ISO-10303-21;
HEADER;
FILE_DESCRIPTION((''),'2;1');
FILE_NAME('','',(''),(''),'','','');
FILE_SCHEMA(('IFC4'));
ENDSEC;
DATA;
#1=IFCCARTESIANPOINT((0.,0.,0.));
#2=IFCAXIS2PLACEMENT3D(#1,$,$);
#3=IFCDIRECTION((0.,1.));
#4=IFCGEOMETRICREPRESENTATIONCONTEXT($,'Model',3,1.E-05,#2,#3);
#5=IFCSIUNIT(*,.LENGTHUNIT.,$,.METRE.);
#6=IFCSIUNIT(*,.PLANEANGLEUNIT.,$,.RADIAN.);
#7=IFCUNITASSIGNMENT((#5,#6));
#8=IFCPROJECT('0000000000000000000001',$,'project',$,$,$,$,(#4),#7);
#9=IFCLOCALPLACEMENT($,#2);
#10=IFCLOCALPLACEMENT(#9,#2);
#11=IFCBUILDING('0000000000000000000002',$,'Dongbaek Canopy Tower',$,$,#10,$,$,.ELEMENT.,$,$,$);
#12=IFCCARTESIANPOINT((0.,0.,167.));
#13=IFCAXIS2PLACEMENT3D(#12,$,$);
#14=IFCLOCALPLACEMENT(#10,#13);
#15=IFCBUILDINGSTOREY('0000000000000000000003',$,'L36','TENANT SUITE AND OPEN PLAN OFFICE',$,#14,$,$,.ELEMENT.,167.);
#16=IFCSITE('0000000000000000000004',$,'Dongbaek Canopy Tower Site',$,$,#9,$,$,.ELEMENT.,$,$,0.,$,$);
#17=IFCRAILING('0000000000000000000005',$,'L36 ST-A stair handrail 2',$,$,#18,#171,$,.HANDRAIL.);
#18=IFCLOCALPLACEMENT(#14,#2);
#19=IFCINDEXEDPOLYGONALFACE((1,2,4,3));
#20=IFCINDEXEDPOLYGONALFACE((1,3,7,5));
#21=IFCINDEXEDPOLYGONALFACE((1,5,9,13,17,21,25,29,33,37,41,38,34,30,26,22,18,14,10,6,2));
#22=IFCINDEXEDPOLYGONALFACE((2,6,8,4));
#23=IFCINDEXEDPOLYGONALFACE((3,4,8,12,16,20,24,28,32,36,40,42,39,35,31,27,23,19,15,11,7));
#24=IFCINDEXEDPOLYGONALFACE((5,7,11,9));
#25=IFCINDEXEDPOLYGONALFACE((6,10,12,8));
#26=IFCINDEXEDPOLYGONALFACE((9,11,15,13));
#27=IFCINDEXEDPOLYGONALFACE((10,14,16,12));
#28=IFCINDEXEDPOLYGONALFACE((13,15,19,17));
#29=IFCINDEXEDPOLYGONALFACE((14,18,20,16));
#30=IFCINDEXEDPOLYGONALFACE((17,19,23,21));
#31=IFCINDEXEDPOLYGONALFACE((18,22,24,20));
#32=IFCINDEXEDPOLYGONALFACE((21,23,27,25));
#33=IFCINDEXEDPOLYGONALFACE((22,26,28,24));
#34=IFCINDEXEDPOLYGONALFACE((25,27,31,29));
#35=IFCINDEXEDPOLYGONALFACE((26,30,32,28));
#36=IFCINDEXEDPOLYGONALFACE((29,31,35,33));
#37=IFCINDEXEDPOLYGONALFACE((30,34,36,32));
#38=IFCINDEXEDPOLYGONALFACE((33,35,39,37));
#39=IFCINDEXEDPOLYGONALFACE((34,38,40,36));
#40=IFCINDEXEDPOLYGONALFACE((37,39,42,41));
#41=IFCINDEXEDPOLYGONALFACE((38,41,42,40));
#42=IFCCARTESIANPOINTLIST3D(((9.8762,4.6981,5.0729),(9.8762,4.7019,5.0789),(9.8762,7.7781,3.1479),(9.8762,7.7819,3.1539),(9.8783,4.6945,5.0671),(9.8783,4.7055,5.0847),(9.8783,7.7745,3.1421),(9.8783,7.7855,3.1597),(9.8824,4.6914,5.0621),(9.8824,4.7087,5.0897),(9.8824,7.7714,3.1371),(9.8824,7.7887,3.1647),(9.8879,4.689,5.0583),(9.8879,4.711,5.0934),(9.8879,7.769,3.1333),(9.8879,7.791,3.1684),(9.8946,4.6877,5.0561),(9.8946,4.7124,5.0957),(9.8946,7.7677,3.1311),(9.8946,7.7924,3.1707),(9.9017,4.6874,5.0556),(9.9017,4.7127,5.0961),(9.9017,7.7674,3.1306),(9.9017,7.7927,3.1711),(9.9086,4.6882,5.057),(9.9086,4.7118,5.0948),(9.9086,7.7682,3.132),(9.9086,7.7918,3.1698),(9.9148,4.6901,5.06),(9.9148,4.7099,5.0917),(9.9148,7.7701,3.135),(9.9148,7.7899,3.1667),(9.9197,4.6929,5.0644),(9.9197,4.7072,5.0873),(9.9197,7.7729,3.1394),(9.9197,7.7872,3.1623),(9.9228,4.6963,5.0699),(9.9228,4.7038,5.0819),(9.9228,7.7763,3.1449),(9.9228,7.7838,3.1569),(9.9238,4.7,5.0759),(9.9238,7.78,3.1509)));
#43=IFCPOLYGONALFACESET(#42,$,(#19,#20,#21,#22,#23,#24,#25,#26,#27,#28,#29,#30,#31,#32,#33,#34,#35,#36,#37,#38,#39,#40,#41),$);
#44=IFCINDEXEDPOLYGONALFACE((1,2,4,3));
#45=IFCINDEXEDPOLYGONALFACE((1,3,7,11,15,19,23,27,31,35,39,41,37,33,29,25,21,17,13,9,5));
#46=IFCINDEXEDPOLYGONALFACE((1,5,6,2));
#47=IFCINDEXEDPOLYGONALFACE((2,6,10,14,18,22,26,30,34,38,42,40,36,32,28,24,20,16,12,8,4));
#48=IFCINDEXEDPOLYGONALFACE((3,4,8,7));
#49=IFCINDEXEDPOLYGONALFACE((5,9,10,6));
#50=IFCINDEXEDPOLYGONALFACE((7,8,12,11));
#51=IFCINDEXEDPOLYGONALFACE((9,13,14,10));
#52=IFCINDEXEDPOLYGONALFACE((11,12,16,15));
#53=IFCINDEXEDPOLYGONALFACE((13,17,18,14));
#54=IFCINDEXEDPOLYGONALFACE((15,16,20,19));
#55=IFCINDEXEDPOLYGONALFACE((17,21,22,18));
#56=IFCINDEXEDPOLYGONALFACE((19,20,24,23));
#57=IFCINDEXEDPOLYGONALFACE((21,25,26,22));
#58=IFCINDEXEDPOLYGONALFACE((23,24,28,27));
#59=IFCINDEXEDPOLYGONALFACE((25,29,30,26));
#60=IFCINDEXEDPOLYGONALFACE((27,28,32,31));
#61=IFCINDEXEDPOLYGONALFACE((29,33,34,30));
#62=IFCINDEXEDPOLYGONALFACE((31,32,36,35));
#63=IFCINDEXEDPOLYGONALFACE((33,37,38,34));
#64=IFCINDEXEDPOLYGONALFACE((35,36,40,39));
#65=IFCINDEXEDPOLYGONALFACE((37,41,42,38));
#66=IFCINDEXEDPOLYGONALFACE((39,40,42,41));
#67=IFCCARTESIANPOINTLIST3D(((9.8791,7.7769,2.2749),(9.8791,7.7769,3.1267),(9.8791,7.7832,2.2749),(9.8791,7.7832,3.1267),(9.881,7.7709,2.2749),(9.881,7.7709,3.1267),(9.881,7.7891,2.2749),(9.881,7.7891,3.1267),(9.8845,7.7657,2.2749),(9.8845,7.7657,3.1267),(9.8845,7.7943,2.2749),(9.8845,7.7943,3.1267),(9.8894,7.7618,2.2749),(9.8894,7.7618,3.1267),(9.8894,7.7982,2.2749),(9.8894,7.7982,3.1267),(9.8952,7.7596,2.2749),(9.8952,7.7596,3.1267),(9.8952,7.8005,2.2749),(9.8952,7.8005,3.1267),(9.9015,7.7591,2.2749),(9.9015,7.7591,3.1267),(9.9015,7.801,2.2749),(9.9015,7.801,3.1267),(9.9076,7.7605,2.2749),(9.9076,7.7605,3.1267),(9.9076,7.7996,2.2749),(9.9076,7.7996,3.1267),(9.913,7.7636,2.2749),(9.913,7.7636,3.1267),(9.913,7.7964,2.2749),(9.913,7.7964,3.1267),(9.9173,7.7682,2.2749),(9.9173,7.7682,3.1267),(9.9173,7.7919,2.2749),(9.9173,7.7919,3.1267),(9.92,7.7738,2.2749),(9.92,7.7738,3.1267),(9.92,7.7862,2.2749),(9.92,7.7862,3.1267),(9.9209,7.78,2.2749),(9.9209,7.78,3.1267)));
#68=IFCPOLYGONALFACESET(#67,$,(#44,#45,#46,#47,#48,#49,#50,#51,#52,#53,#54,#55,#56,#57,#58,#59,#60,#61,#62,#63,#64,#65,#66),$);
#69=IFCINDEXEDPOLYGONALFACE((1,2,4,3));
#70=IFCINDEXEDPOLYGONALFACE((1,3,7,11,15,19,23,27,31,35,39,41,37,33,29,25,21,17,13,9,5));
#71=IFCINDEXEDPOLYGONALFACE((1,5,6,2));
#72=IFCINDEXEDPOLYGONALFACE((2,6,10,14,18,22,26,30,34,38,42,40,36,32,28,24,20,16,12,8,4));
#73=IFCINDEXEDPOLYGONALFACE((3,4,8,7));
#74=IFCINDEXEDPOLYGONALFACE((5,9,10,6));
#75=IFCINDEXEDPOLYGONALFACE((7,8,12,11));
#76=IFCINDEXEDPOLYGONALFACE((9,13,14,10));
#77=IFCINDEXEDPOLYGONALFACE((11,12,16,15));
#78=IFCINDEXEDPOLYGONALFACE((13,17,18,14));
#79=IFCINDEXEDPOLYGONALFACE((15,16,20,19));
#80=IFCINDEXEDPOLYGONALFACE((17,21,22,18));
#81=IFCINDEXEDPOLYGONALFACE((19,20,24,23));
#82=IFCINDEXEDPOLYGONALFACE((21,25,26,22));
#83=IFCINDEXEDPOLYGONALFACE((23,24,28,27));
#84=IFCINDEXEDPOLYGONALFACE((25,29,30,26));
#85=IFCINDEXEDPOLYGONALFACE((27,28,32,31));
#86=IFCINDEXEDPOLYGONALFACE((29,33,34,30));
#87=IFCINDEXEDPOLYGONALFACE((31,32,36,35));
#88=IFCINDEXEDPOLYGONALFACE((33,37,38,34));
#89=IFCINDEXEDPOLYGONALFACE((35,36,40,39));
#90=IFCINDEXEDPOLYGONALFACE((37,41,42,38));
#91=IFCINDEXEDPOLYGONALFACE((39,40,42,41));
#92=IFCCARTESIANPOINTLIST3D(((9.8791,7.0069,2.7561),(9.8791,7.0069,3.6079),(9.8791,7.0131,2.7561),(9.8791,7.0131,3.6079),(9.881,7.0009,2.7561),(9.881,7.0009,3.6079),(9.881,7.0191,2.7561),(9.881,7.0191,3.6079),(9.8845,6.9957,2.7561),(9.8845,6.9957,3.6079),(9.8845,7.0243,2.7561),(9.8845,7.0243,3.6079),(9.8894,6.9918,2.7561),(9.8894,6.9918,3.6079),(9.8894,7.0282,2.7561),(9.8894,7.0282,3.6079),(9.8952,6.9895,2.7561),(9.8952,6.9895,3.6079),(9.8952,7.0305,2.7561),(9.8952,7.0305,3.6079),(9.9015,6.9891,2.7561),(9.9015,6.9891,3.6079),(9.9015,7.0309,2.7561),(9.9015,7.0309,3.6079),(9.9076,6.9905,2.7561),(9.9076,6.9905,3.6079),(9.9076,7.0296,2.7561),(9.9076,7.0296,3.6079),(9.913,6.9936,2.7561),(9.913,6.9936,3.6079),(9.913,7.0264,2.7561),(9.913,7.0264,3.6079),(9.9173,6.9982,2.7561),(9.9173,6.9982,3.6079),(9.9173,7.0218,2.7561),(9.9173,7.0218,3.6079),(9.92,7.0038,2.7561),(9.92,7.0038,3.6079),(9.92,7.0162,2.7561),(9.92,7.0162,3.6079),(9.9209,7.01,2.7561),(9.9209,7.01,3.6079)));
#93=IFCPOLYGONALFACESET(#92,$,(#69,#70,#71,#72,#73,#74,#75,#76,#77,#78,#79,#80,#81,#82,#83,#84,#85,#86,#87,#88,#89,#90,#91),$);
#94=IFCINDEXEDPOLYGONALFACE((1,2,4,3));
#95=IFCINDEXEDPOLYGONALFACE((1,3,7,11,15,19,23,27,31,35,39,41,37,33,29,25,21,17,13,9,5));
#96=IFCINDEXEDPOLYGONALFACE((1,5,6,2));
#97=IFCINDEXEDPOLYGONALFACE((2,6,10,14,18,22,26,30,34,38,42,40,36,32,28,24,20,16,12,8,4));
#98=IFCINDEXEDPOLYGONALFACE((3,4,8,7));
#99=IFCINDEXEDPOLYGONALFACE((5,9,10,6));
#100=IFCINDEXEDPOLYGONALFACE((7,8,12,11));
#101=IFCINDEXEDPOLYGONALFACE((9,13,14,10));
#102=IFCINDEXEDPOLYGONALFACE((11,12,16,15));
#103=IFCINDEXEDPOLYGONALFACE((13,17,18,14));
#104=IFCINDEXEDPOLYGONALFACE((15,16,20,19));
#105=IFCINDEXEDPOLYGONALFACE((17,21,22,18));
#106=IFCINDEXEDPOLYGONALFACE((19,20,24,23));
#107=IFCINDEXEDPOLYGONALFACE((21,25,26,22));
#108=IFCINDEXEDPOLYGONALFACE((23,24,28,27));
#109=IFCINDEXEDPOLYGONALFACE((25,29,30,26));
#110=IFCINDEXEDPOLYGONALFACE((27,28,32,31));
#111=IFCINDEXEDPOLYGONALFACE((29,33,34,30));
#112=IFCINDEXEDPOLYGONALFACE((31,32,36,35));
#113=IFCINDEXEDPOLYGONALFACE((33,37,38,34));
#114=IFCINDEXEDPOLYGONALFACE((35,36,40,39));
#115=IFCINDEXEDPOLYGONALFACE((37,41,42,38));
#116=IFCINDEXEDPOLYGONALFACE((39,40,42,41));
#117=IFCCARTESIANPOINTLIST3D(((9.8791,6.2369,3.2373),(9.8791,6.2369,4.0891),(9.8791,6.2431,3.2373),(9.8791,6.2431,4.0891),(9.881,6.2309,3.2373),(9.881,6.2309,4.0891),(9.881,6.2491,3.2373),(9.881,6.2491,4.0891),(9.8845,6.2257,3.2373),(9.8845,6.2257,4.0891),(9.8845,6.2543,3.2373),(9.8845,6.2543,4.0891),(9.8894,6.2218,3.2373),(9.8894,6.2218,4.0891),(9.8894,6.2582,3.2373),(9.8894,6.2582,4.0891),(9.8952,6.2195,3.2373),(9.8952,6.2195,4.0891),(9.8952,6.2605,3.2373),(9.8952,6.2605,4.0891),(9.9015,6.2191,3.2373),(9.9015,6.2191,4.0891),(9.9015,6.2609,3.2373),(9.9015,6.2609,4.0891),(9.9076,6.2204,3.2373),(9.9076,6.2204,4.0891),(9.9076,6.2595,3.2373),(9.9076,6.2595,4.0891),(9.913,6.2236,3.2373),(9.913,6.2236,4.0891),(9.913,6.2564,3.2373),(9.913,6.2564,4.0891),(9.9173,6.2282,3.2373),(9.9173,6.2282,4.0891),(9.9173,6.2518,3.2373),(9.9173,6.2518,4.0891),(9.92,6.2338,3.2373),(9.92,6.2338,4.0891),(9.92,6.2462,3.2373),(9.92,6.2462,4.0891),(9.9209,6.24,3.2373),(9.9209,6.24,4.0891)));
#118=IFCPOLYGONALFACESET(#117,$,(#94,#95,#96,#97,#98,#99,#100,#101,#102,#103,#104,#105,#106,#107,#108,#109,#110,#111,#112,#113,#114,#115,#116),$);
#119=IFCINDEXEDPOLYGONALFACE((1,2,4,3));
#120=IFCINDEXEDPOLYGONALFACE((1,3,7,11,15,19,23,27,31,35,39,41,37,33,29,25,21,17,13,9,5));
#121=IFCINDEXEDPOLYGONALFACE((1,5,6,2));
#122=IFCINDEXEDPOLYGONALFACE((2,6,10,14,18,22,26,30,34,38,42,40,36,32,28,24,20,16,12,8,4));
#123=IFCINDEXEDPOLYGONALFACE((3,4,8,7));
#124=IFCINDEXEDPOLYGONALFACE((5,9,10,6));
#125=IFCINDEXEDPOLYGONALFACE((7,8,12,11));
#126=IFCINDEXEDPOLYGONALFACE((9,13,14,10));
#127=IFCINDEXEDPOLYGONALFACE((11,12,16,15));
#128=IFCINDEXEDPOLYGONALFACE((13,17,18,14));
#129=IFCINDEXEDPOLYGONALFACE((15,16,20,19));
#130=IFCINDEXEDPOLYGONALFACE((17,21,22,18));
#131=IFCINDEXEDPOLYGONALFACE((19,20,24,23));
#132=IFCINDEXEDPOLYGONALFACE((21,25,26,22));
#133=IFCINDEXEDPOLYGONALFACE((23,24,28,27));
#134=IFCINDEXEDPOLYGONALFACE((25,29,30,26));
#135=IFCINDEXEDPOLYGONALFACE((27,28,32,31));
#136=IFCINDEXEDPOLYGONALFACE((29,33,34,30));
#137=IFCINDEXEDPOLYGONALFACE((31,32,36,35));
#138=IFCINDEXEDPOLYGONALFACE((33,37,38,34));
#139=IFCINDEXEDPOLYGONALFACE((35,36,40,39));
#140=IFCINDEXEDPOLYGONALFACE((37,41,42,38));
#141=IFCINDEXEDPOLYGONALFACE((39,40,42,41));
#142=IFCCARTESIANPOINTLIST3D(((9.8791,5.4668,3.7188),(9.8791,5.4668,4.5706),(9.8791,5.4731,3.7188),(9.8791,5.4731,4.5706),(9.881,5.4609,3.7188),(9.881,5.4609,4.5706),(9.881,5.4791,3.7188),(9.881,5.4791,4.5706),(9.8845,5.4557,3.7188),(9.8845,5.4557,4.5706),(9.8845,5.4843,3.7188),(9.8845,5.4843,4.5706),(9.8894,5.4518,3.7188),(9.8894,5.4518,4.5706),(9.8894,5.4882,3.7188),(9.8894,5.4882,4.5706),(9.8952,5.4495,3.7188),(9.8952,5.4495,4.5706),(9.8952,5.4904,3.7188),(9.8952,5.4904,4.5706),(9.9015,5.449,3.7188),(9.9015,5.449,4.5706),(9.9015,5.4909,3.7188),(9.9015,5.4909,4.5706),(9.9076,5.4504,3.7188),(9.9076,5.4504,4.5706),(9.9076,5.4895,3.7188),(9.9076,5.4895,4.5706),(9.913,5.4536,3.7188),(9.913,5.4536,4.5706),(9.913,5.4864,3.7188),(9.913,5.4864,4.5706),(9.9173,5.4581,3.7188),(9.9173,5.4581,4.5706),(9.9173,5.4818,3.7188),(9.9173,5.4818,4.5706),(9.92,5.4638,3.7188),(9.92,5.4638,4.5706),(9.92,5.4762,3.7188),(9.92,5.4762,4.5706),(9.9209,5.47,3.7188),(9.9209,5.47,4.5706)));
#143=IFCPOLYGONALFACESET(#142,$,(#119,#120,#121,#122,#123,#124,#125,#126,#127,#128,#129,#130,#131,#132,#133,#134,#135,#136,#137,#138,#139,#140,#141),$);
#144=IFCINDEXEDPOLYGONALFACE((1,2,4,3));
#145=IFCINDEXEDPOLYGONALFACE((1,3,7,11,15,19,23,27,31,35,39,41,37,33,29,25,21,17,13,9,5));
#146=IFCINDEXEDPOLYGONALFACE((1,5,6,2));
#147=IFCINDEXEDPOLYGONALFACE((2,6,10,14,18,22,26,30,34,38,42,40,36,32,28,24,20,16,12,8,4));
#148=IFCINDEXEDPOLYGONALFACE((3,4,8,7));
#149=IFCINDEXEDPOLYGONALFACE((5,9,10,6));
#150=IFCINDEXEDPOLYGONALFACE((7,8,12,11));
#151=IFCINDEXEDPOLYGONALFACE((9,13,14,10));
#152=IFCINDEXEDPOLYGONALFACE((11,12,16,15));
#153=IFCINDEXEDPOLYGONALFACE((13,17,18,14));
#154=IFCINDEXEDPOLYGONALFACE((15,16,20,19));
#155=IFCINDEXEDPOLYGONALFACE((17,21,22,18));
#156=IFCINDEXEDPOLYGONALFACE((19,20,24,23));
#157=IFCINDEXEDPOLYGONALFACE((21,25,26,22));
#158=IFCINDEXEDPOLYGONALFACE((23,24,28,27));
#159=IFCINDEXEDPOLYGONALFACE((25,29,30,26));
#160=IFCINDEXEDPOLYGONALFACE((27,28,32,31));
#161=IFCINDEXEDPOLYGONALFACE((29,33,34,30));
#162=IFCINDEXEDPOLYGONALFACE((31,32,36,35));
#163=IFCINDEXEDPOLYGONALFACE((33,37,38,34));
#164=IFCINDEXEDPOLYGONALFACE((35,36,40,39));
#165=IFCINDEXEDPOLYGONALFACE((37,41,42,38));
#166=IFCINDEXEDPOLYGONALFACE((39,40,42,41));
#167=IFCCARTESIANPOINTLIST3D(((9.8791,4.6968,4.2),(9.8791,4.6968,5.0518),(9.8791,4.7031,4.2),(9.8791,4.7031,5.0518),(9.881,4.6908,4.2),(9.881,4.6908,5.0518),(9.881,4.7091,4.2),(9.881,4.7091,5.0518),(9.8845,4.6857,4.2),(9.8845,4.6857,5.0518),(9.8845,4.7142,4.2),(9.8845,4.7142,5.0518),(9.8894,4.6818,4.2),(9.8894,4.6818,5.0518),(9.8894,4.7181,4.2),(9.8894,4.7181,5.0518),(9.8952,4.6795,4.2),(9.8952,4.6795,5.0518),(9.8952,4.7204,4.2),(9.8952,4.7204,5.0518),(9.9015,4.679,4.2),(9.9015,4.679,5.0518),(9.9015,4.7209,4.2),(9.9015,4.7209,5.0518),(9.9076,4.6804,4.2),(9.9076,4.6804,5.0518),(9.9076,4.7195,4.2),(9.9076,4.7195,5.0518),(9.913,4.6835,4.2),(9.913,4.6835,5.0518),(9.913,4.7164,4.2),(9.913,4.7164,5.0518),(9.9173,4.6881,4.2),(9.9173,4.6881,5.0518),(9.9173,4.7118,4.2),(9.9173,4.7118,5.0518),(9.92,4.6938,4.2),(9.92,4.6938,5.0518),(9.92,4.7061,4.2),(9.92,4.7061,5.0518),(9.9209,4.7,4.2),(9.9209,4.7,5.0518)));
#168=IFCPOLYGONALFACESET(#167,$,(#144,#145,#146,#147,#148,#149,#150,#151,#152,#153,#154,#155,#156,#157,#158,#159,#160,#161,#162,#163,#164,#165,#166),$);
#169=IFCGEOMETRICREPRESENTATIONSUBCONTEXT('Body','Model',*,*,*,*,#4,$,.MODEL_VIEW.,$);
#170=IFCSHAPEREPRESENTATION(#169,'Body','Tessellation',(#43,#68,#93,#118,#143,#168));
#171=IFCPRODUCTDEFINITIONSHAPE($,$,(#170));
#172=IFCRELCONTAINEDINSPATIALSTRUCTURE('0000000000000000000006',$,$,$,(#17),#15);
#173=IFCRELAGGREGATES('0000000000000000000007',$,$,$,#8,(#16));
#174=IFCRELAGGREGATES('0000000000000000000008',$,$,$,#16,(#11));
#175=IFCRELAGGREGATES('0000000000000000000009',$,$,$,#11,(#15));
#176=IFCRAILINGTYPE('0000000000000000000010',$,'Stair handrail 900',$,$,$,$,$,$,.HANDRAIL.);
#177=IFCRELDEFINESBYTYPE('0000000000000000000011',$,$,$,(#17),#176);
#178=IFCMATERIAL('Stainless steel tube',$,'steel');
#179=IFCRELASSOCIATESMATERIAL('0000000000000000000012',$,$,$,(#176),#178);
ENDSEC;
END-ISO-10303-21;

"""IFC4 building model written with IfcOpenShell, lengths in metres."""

from ifc_helpers import new_model, si_unit, direction, frame, origin, origin_2d, place, context, subcontext, project, spatial, circle, extrude, material, type_object, element, save


model = new_model("IFC4")

# Units and contexts
model_context = context("Model", 3, precision=1e-05, world=origin(), true_north=direction((0.0, 1.0)))
body_context = subcontext(model_context, "Body", "Model", "MODEL_VIEW")
ifc_project = project(units=[si_unit("LENGTHUNIT", "METRE"), si_unit("PLANEANGLEUNIT", "RADIAN")], contexts=[model_context])

# Site, building, storey
site_placement = place(None, origin())
site = spatial("IfcSite", under=ifc_project, at=site_placement, Name="Dongbaek Canopy Tower Site", CompositionType="ELEMENT", RefElevation=0.0)
building_placement = place(site_placement, origin())
building = spatial("IfcBuilding", under=site, at=building_placement, Name="Dongbaek Canopy Tower", CompositionType="ELEMENT")
storey_placement = place(building_placement, frame((0.0, 0.0, 167.0)))
storey = spatial("IfcBuildingStorey", under=building, at=storey_placement, Name="L36", Description="TENANT SUITE AND OPEN PLAN OFFICE", CompositionType="ELEMENT", Elevation=167.0)

# Railing
ifc_material_1 = material(Name="Stainless steel tube", Category="steel")
railing_type_1 = type_object("IfcRailingType", Name="Stair handrail 900", PredefinedType="HANDRAIL", material=ifc_material_1)
railing_1_placement = place(storey_placement, frame((9.8999, 7.78, 2.2749)))
element("IfcRailing", 1, at=railing_1_placement, inside=storey, type_object=railing_type_1, Name="L36 ST-A stair handrail 2", PredefinedType="HANDRAIL", context=body_context, shape_type="SweptSolid", body=[
    extrude(circle(Radius=0.0239, at=origin_2d()), frame((0.0, 0.0, 0.876), z_axis=(0.0, -0.847998, 0.529999), x_axis=(1.0, 0.0, 0.0)), (0.0, 0.0, 1.0), 3.6321),
    extrude(circle(Radius=0.021, at=origin_2d()), origin(), (0.0, 0.0, 1.0), 0.8518),
    extrude(circle(Radius=0.021, at=origin_2d()), frame((0.0, -0.77, 0.4812)), (0.0, 0.0, 1.0), 0.8518),
    extrude(circle(Radius=0.021, at=origin_2d()), frame((0.0, -1.54, 0.9624)), (0.0, 0.0, 1.0), 0.8518),
    extrude(circle(Radius=0.021, at=origin_2d()), frame((0.0, -2.3101, 1.4438)), (0.0, 0.0, 1.0), 0.8518),
    extrude(circle(Radius=0.021, at=origin_2d()), frame((0.0, -3.0801, 1.925)), (0.0, 0.0, 1.0), 0.8518),
])

save(model, "model.ifc")
